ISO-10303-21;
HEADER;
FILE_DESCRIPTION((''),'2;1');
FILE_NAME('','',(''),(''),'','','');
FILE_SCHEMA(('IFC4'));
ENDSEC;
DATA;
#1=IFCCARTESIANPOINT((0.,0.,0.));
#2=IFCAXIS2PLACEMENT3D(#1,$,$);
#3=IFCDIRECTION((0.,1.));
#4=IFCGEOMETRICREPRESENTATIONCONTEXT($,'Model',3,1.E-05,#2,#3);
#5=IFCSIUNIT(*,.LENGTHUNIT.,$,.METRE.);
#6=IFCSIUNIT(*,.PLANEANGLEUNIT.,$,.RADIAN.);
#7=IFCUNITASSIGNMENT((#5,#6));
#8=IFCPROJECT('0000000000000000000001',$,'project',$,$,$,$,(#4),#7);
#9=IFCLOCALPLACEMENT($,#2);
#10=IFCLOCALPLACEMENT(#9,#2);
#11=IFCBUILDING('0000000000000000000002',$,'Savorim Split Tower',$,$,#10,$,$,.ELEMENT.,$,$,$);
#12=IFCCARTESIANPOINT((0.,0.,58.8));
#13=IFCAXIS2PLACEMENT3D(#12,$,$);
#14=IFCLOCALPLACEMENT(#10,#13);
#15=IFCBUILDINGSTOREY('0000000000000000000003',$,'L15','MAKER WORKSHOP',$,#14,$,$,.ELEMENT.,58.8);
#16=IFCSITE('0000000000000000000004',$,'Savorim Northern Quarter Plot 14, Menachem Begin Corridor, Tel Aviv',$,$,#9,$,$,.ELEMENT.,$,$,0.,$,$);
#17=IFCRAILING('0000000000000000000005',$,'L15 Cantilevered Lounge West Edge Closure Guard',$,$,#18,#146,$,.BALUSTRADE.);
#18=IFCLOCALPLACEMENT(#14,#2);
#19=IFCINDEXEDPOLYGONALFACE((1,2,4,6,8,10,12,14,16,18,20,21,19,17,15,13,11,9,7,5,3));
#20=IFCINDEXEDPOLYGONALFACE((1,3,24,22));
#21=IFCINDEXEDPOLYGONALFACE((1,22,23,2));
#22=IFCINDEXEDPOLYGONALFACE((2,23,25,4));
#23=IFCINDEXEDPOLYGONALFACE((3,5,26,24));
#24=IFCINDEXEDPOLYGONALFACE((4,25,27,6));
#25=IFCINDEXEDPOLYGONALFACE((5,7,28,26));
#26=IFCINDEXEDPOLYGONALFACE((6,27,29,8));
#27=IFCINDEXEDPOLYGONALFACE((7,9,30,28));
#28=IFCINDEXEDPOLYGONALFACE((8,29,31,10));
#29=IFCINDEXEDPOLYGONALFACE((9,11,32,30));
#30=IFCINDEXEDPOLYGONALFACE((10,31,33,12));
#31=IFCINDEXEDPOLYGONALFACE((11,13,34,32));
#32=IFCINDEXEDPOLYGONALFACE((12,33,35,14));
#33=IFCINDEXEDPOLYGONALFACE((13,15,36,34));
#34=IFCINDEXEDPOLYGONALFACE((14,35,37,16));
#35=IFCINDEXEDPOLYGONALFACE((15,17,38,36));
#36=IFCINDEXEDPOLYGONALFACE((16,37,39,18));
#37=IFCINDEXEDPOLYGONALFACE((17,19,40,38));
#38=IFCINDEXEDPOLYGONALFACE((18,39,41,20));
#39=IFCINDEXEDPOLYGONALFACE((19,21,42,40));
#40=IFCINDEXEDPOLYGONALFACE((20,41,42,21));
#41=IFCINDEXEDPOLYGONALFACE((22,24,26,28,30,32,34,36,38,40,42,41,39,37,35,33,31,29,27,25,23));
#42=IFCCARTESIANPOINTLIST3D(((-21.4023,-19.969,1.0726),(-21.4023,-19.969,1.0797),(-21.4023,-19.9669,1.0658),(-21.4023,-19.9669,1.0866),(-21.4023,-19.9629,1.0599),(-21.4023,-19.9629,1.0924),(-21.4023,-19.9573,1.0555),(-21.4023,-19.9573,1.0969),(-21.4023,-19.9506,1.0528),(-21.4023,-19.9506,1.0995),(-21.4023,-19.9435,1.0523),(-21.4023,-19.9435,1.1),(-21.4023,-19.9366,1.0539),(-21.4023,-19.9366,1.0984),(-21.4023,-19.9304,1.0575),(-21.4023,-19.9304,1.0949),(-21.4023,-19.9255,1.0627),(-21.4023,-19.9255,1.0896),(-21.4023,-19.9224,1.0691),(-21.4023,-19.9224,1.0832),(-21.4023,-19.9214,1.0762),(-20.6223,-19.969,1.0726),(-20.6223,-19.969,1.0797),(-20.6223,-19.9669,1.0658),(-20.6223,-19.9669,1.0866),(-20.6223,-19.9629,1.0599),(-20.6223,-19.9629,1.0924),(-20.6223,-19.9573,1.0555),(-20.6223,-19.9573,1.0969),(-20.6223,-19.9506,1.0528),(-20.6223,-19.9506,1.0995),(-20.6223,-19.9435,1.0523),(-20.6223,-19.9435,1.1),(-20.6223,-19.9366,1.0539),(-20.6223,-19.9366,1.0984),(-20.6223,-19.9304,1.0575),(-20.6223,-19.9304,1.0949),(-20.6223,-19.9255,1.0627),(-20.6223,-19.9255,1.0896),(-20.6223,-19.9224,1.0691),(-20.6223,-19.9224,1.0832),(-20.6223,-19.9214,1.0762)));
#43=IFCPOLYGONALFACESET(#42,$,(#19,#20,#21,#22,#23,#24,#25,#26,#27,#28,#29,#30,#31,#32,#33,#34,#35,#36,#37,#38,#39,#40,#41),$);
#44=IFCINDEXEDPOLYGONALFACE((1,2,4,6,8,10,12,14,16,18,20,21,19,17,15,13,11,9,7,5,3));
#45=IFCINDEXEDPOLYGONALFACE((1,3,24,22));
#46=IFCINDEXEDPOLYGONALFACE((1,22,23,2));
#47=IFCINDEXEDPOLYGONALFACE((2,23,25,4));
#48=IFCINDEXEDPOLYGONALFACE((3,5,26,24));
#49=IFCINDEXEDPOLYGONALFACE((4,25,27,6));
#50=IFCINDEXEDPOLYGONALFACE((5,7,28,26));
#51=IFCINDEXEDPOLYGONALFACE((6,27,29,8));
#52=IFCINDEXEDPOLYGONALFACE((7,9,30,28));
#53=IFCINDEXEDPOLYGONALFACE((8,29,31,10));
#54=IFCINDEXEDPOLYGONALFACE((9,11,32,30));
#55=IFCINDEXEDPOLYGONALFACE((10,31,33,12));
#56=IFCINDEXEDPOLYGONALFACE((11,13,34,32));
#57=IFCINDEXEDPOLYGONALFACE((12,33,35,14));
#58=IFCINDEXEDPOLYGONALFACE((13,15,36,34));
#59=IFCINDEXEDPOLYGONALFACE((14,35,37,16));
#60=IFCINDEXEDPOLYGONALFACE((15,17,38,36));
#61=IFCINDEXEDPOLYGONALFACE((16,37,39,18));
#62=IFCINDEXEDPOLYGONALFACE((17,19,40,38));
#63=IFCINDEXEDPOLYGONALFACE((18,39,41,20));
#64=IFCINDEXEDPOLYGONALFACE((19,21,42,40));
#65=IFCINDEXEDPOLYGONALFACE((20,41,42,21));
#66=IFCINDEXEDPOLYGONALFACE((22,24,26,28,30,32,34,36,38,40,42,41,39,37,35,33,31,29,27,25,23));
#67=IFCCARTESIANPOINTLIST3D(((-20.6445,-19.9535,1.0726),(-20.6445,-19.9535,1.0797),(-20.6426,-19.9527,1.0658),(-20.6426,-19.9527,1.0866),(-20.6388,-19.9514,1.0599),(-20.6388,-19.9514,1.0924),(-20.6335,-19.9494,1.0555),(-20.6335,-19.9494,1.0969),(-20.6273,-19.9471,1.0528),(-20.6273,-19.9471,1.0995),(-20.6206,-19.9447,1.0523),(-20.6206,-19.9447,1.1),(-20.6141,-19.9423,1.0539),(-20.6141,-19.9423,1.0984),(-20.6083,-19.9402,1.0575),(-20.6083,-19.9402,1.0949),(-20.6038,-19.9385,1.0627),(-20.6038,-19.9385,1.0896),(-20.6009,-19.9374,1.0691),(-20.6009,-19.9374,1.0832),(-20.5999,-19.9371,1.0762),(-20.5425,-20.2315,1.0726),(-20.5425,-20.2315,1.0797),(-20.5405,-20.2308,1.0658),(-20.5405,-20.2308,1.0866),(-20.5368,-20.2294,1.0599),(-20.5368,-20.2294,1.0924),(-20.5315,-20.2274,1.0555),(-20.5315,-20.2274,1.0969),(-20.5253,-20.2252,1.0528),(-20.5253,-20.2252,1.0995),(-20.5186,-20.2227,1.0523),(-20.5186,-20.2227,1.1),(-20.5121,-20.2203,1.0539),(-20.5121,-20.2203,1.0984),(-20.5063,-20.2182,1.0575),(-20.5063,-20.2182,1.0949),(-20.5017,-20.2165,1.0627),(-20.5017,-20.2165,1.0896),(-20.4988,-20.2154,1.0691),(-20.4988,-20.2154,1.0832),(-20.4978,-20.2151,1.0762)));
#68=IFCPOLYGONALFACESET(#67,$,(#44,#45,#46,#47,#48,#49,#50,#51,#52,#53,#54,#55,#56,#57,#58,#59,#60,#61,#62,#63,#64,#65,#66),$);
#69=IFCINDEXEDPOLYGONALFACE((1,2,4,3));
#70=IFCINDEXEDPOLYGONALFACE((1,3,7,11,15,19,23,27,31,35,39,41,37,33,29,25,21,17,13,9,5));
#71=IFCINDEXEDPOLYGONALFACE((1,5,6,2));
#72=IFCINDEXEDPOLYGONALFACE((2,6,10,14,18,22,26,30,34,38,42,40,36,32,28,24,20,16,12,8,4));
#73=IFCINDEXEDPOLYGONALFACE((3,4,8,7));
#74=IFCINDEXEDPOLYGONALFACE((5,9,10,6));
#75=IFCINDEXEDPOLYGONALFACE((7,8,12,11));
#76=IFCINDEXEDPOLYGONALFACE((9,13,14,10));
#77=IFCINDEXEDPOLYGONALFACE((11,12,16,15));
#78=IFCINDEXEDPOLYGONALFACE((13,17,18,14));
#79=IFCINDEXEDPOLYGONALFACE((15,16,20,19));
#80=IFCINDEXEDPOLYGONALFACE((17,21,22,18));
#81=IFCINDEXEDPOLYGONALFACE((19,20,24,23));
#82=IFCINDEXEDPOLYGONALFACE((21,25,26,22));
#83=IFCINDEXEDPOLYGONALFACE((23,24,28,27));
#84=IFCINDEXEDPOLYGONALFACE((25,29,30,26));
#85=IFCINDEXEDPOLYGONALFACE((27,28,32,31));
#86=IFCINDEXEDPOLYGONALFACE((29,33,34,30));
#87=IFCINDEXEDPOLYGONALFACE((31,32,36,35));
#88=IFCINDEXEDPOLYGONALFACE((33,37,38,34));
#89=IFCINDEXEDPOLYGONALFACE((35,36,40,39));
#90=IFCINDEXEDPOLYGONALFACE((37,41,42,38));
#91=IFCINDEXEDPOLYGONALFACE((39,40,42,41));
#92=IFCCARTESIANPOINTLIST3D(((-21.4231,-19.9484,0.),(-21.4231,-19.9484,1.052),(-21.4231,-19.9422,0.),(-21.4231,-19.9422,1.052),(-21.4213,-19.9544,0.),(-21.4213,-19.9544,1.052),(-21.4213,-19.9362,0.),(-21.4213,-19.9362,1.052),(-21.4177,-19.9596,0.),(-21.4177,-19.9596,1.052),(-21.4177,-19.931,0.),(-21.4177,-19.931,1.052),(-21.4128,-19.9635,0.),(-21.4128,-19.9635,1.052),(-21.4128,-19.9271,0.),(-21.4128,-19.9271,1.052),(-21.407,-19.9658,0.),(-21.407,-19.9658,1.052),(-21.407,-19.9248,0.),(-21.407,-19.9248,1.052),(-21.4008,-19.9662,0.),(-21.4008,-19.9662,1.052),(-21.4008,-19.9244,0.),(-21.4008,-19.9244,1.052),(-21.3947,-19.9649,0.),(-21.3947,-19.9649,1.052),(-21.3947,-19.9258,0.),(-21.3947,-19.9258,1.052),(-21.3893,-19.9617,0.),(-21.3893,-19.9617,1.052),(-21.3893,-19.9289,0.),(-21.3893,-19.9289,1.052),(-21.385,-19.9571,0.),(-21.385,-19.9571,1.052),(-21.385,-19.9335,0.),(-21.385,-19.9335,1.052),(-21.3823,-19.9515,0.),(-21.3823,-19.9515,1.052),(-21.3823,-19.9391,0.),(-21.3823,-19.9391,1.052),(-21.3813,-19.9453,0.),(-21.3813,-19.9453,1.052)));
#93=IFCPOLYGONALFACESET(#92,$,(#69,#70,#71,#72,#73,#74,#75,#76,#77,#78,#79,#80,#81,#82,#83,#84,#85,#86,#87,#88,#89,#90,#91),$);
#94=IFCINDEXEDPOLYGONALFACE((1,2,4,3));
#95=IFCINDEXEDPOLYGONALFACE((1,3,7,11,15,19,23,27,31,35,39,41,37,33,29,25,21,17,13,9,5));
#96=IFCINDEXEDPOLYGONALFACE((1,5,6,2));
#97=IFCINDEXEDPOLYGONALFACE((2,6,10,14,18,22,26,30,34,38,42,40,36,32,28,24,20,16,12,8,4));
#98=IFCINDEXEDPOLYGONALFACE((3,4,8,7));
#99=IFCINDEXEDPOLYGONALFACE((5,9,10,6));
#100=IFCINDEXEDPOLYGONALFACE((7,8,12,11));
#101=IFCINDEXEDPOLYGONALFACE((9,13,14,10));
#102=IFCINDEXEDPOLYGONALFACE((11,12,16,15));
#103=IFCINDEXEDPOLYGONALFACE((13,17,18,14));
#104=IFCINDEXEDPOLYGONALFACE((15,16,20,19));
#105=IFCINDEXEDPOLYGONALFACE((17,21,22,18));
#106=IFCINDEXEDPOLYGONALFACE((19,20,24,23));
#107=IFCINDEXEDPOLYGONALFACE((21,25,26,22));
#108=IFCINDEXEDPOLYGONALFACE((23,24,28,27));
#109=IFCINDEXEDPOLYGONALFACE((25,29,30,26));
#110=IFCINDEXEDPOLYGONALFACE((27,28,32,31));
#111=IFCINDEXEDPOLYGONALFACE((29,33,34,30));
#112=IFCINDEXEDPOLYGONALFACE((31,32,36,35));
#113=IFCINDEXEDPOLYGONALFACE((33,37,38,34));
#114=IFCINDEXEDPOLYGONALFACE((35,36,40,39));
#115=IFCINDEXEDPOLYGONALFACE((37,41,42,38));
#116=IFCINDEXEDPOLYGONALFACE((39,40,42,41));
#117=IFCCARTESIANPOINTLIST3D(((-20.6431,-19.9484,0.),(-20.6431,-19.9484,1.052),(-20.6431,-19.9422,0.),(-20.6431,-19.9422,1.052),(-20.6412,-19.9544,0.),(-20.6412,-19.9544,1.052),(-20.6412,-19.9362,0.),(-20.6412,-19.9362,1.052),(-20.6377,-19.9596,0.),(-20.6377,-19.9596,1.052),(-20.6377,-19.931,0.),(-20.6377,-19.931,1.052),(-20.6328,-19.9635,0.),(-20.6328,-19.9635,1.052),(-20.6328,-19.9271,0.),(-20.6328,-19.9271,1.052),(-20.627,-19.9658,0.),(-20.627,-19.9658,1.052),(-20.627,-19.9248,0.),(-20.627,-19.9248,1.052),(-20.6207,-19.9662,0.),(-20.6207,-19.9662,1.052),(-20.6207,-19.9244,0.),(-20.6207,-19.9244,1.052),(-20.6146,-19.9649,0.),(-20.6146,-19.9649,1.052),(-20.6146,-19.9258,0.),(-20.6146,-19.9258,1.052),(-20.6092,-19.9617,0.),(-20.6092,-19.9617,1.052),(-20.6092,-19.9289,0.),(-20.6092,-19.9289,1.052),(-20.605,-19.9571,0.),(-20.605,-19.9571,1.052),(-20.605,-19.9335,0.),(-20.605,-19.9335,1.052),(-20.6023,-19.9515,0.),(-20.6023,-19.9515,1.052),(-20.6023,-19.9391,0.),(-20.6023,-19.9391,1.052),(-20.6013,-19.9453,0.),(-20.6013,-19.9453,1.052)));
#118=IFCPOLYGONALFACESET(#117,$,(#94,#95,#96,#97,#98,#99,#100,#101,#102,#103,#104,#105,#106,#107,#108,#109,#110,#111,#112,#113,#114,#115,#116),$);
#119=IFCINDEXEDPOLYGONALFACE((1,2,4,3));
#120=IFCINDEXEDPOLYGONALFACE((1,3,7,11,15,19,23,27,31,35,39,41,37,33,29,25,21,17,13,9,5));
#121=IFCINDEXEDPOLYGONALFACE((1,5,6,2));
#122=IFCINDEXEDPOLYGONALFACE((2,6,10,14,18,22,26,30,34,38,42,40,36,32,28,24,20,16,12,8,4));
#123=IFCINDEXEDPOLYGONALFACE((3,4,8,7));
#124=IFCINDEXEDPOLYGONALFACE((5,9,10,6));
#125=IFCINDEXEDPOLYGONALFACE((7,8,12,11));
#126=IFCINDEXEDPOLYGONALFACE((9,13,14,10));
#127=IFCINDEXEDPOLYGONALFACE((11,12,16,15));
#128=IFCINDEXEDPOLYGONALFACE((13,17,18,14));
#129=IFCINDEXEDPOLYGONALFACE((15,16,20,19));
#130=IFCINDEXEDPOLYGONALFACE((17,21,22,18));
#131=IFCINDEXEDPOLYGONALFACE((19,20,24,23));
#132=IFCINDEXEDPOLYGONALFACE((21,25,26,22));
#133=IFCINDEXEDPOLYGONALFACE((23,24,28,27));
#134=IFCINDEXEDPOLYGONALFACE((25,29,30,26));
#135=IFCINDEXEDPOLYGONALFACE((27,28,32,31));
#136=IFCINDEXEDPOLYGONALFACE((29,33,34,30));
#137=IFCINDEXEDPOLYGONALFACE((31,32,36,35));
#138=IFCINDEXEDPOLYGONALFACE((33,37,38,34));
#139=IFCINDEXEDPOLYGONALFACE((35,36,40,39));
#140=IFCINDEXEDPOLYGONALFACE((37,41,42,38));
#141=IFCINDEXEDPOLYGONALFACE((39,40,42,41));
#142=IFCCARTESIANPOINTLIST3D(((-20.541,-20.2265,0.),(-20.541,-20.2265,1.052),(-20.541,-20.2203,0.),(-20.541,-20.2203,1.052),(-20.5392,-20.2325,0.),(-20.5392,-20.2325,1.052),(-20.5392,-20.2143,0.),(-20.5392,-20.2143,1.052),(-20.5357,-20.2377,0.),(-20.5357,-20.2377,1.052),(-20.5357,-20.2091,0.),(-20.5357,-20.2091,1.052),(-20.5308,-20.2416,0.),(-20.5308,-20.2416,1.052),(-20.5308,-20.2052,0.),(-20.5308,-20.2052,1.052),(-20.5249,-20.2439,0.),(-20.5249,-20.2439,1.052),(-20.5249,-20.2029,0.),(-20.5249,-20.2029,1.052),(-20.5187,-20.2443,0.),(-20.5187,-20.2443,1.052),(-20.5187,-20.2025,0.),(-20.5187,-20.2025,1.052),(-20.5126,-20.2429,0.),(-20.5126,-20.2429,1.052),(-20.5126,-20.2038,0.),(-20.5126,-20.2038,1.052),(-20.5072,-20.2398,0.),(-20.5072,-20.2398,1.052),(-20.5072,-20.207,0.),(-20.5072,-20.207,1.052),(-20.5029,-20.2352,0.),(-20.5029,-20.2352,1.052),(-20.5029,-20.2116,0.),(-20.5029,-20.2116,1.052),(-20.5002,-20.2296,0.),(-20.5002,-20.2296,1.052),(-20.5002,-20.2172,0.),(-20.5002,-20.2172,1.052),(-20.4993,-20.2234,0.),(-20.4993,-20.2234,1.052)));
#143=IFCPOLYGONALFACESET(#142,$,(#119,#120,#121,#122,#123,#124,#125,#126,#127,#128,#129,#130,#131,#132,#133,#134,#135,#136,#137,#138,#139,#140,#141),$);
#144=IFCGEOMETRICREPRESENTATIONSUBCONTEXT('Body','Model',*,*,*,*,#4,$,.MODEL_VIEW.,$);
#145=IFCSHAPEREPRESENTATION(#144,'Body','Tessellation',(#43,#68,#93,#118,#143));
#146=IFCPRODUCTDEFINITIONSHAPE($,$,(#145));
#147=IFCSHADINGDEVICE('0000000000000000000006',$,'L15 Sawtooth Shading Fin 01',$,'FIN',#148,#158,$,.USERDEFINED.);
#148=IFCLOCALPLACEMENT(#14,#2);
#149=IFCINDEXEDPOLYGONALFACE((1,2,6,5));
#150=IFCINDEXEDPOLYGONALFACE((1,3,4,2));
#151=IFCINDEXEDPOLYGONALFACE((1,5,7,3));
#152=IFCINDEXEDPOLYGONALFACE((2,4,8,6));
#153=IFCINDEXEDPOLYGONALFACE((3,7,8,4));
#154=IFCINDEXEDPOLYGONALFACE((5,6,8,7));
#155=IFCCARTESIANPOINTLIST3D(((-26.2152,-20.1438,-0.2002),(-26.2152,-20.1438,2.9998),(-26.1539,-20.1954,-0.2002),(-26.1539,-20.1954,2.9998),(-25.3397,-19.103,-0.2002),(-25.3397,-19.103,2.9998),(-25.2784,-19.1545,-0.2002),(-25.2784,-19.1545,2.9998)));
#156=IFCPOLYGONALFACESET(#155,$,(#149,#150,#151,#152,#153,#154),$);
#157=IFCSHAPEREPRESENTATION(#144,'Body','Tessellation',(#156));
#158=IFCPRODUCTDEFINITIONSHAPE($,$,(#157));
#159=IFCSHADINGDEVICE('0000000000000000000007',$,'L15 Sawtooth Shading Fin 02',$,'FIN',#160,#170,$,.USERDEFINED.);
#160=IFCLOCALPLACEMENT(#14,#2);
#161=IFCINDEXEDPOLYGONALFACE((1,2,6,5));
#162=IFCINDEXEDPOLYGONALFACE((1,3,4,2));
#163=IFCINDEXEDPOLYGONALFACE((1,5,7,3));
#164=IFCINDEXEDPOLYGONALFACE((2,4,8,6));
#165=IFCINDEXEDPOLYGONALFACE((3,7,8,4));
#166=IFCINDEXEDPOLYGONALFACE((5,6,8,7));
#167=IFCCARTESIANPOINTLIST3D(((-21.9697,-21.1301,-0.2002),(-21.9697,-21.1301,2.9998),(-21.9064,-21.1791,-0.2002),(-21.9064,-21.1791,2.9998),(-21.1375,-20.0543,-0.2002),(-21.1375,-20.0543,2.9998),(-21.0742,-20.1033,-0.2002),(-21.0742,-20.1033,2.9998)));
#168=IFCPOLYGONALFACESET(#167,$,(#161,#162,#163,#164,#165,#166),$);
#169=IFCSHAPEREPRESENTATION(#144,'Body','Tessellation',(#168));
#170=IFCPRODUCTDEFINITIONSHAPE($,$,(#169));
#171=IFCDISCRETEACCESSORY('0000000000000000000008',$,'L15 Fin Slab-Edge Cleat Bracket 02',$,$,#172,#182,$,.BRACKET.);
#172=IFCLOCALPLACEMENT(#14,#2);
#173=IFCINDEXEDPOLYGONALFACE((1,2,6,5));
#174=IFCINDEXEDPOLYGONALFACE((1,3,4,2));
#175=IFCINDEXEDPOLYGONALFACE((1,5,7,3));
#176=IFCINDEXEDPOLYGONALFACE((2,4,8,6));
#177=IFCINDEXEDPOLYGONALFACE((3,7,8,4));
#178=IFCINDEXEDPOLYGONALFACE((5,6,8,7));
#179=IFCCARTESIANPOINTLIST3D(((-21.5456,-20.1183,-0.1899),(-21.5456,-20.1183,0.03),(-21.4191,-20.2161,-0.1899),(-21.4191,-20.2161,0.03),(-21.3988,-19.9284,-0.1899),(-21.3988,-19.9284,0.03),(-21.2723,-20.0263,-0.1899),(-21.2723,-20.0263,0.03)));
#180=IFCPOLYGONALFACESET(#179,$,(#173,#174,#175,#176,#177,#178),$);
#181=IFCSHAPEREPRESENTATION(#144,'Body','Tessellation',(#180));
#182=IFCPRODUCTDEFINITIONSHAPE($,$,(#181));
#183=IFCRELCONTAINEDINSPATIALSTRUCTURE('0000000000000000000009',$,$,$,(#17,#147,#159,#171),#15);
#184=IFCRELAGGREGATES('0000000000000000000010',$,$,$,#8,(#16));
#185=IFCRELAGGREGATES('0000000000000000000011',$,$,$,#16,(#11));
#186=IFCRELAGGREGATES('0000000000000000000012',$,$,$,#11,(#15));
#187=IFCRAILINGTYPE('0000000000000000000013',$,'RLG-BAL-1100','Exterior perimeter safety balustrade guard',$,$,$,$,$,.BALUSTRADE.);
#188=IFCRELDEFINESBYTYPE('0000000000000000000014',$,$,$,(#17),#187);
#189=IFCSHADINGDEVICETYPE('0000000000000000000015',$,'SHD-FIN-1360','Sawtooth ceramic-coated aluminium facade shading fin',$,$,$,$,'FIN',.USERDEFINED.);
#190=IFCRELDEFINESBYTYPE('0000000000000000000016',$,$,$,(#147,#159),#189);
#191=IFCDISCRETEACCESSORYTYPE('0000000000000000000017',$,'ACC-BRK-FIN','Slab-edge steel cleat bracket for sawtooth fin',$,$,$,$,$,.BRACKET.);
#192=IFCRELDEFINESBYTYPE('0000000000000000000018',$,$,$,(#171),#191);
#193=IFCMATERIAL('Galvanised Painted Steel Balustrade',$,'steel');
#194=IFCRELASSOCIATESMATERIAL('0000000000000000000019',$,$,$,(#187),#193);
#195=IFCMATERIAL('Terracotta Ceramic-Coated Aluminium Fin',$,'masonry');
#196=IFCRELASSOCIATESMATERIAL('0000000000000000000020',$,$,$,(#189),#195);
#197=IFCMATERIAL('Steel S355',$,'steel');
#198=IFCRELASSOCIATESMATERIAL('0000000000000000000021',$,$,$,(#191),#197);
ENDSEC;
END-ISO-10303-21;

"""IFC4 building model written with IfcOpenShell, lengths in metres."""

from ifc_helpers import new_model, si_unit, direction, frame, origin, origin_2d, place, context, subcontext, project, spatial, rectangle, circle, extrude, material, type_object, element, save


model = new_model("IFC4")

# Units and contexts
model_context = context("Model", 3, precision=1e-05, world=origin(), true_north=direction((0.0, 1.0)))
body_context = subcontext(model_context, "Body", "Model", "MODEL_VIEW")
ifc_project = project(units=[si_unit("LENGTHUNIT", "METRE"), si_unit("PLANEANGLEUNIT", "RADIAN")], contexts=[model_context])

# Site, building, storey
site_placement = place(None, origin())
site = spatial("IfcSite", under=ifc_project, at=site_placement, Name="Savorim Northern Quarter Plot 14, Menachem Begin Corridor, Tel Aviv", CompositionType="ELEMENT", RefElevation=0.0)
building_placement = place(site_placement, origin())
building = spatial("IfcBuilding", under=site, at=building_placement, Name="Savorim Split Tower", CompositionType="ELEMENT")
storey_placement = place(building_placement, frame((0.0, 0.0, 58.8)))
storey = spatial("IfcBuildingStorey", under=building, at=storey_placement, Name="L15", Description="MAKER WORKSHOP", CompositionType="ELEMENT", Elevation=58.8)

# Shared definitions
ifc_material_1 = material(Name="Steel S355", Category="steel")

# Railing
ifc_material_2 = material(Name="Galvanised Painted Steel Balustrade", Category="steel")
railing_type = type_object("IfcRailingType", Name="RLG-BAL-1100", Description="Exterior perimeter safety balustrade guard", PredefinedType="BALUSTRADE", material=ifc_material_2)
railing_placement = place(storey_placement, frame((-21.4023, -19.9453, 0.0)))
element("IfcRailing", 1, at=railing_placement, inside=storey, type_object=railing_type, Name="L15 Cantilevered Lounge West Edge Closure Guard", PredefinedType="BALUSTRADE", context=body_context, shape_type="SweptSolid", body=[
    extrude(circle(Radius=0.0239, at=origin_2d()), frame((0.0, 0.0, 1.0762), z_axis=(1.0, 0.0, 0.0), x_axis=(0.0, 1.0, 0.0)), (0.0, 0.0, 1.0), 0.78),
    extrude(circle(Radius=0.0239, at=origin_2d()), frame((0.78, 0.0, 1.0762), z_axis=(0.344521, -0.938779, 0.0), x_axis=(0.938779, 0.344521, 0.0)), (0.0, 0.0, 1.0), 0.2961),
    extrude(circle(Radius=0.021, at=origin_2d()), origin(), (0.0, 0.0, 1.0), 1.052),
    extrude(circle(Radius=0.021, at=origin_2d()), frame((0.78, 0.0, 0.0)), (0.0, 0.0, 1.0), 1.052),
    extrude(circle(Radius=0.021, at=origin_2d()), frame((0.8821, -0.2781, 0.0)), (0.0, 0.0, 1.0), 1.052),
])

# Shading devices
ifc_material_3 = material(Name="Terracotta Ceramic-Coated Aluminium Fin", Category="masonry")
shading_device_type = type_object("IfcShadingDeviceType", Name="SHD-FIN-1360", Description="Sawtooth ceramic-coated aluminium facade shading fin", ElementType="FIN", PredefinedType="USERDEFINED", material=ifc_material_3)
for number, where, z_axis, x_axis, name in (
    (2, (-25.7468, -19.6492, -0.2002), (0.0, 0.0, 1.0), (-0.643719, -0.765262, 0.0), "L15 Sawtooth Shading Fin 01"),
    (3, (-21.522, -20.6167, -0.2002), (0.0, 0.0, 1.0), (-0.611868, -0.79096, 0.0), "L15 Sawtooth Shading Fin 02"),
):
    element("IfcShadingDevice", number, at=place(storey_placement, frame(where, z_axis=z_axis, x_axis=x_axis)), inside=storey, type_object=shading_device_type, Name=name, ObjectType="FIN", PredefinedType="USERDEFINED", context=body_context, shape_type="SweptSolid", body=[
        extrude(rectangle(XDim=1.3601, YDim=0.0801, at=origin_2d()), origin(), (0.0, 0.0, 1.0), 3.2),
    ])

# Discrete accessory
discrete_accessory_type = type_object("IfcDiscreteAccessoryType", Name="ACC-BRK-FIN", Description="Slab-edge steel cleat bracket for sawtooth fin", PredefinedType="BRACKET", material=ifc_material_1)
discrete_accessory_placement = place(storey_placement, frame((-21.4089, -20.0723, -0.1899), z_axis=(0.0, 0.0, 1.0), x_axis=(-0.611868, -0.79096, 0.0)))
element("IfcDiscreteAccessory", 4, at=discrete_accessory_placement, inside=storey, type_object=discrete_accessory_type, Name="L15 Fin Slab-Edge Cleat Bracket 02", PredefinedType="BRACKET", context=body_context, shape_type="SweptSolid", body=[
    extrude(rectangle(XDim=0.24, YDim=0.1599, at=origin_2d()), origin(), (0.0, 0.0, 1.0), 0.22),
])

save(model, "model.ifc")
